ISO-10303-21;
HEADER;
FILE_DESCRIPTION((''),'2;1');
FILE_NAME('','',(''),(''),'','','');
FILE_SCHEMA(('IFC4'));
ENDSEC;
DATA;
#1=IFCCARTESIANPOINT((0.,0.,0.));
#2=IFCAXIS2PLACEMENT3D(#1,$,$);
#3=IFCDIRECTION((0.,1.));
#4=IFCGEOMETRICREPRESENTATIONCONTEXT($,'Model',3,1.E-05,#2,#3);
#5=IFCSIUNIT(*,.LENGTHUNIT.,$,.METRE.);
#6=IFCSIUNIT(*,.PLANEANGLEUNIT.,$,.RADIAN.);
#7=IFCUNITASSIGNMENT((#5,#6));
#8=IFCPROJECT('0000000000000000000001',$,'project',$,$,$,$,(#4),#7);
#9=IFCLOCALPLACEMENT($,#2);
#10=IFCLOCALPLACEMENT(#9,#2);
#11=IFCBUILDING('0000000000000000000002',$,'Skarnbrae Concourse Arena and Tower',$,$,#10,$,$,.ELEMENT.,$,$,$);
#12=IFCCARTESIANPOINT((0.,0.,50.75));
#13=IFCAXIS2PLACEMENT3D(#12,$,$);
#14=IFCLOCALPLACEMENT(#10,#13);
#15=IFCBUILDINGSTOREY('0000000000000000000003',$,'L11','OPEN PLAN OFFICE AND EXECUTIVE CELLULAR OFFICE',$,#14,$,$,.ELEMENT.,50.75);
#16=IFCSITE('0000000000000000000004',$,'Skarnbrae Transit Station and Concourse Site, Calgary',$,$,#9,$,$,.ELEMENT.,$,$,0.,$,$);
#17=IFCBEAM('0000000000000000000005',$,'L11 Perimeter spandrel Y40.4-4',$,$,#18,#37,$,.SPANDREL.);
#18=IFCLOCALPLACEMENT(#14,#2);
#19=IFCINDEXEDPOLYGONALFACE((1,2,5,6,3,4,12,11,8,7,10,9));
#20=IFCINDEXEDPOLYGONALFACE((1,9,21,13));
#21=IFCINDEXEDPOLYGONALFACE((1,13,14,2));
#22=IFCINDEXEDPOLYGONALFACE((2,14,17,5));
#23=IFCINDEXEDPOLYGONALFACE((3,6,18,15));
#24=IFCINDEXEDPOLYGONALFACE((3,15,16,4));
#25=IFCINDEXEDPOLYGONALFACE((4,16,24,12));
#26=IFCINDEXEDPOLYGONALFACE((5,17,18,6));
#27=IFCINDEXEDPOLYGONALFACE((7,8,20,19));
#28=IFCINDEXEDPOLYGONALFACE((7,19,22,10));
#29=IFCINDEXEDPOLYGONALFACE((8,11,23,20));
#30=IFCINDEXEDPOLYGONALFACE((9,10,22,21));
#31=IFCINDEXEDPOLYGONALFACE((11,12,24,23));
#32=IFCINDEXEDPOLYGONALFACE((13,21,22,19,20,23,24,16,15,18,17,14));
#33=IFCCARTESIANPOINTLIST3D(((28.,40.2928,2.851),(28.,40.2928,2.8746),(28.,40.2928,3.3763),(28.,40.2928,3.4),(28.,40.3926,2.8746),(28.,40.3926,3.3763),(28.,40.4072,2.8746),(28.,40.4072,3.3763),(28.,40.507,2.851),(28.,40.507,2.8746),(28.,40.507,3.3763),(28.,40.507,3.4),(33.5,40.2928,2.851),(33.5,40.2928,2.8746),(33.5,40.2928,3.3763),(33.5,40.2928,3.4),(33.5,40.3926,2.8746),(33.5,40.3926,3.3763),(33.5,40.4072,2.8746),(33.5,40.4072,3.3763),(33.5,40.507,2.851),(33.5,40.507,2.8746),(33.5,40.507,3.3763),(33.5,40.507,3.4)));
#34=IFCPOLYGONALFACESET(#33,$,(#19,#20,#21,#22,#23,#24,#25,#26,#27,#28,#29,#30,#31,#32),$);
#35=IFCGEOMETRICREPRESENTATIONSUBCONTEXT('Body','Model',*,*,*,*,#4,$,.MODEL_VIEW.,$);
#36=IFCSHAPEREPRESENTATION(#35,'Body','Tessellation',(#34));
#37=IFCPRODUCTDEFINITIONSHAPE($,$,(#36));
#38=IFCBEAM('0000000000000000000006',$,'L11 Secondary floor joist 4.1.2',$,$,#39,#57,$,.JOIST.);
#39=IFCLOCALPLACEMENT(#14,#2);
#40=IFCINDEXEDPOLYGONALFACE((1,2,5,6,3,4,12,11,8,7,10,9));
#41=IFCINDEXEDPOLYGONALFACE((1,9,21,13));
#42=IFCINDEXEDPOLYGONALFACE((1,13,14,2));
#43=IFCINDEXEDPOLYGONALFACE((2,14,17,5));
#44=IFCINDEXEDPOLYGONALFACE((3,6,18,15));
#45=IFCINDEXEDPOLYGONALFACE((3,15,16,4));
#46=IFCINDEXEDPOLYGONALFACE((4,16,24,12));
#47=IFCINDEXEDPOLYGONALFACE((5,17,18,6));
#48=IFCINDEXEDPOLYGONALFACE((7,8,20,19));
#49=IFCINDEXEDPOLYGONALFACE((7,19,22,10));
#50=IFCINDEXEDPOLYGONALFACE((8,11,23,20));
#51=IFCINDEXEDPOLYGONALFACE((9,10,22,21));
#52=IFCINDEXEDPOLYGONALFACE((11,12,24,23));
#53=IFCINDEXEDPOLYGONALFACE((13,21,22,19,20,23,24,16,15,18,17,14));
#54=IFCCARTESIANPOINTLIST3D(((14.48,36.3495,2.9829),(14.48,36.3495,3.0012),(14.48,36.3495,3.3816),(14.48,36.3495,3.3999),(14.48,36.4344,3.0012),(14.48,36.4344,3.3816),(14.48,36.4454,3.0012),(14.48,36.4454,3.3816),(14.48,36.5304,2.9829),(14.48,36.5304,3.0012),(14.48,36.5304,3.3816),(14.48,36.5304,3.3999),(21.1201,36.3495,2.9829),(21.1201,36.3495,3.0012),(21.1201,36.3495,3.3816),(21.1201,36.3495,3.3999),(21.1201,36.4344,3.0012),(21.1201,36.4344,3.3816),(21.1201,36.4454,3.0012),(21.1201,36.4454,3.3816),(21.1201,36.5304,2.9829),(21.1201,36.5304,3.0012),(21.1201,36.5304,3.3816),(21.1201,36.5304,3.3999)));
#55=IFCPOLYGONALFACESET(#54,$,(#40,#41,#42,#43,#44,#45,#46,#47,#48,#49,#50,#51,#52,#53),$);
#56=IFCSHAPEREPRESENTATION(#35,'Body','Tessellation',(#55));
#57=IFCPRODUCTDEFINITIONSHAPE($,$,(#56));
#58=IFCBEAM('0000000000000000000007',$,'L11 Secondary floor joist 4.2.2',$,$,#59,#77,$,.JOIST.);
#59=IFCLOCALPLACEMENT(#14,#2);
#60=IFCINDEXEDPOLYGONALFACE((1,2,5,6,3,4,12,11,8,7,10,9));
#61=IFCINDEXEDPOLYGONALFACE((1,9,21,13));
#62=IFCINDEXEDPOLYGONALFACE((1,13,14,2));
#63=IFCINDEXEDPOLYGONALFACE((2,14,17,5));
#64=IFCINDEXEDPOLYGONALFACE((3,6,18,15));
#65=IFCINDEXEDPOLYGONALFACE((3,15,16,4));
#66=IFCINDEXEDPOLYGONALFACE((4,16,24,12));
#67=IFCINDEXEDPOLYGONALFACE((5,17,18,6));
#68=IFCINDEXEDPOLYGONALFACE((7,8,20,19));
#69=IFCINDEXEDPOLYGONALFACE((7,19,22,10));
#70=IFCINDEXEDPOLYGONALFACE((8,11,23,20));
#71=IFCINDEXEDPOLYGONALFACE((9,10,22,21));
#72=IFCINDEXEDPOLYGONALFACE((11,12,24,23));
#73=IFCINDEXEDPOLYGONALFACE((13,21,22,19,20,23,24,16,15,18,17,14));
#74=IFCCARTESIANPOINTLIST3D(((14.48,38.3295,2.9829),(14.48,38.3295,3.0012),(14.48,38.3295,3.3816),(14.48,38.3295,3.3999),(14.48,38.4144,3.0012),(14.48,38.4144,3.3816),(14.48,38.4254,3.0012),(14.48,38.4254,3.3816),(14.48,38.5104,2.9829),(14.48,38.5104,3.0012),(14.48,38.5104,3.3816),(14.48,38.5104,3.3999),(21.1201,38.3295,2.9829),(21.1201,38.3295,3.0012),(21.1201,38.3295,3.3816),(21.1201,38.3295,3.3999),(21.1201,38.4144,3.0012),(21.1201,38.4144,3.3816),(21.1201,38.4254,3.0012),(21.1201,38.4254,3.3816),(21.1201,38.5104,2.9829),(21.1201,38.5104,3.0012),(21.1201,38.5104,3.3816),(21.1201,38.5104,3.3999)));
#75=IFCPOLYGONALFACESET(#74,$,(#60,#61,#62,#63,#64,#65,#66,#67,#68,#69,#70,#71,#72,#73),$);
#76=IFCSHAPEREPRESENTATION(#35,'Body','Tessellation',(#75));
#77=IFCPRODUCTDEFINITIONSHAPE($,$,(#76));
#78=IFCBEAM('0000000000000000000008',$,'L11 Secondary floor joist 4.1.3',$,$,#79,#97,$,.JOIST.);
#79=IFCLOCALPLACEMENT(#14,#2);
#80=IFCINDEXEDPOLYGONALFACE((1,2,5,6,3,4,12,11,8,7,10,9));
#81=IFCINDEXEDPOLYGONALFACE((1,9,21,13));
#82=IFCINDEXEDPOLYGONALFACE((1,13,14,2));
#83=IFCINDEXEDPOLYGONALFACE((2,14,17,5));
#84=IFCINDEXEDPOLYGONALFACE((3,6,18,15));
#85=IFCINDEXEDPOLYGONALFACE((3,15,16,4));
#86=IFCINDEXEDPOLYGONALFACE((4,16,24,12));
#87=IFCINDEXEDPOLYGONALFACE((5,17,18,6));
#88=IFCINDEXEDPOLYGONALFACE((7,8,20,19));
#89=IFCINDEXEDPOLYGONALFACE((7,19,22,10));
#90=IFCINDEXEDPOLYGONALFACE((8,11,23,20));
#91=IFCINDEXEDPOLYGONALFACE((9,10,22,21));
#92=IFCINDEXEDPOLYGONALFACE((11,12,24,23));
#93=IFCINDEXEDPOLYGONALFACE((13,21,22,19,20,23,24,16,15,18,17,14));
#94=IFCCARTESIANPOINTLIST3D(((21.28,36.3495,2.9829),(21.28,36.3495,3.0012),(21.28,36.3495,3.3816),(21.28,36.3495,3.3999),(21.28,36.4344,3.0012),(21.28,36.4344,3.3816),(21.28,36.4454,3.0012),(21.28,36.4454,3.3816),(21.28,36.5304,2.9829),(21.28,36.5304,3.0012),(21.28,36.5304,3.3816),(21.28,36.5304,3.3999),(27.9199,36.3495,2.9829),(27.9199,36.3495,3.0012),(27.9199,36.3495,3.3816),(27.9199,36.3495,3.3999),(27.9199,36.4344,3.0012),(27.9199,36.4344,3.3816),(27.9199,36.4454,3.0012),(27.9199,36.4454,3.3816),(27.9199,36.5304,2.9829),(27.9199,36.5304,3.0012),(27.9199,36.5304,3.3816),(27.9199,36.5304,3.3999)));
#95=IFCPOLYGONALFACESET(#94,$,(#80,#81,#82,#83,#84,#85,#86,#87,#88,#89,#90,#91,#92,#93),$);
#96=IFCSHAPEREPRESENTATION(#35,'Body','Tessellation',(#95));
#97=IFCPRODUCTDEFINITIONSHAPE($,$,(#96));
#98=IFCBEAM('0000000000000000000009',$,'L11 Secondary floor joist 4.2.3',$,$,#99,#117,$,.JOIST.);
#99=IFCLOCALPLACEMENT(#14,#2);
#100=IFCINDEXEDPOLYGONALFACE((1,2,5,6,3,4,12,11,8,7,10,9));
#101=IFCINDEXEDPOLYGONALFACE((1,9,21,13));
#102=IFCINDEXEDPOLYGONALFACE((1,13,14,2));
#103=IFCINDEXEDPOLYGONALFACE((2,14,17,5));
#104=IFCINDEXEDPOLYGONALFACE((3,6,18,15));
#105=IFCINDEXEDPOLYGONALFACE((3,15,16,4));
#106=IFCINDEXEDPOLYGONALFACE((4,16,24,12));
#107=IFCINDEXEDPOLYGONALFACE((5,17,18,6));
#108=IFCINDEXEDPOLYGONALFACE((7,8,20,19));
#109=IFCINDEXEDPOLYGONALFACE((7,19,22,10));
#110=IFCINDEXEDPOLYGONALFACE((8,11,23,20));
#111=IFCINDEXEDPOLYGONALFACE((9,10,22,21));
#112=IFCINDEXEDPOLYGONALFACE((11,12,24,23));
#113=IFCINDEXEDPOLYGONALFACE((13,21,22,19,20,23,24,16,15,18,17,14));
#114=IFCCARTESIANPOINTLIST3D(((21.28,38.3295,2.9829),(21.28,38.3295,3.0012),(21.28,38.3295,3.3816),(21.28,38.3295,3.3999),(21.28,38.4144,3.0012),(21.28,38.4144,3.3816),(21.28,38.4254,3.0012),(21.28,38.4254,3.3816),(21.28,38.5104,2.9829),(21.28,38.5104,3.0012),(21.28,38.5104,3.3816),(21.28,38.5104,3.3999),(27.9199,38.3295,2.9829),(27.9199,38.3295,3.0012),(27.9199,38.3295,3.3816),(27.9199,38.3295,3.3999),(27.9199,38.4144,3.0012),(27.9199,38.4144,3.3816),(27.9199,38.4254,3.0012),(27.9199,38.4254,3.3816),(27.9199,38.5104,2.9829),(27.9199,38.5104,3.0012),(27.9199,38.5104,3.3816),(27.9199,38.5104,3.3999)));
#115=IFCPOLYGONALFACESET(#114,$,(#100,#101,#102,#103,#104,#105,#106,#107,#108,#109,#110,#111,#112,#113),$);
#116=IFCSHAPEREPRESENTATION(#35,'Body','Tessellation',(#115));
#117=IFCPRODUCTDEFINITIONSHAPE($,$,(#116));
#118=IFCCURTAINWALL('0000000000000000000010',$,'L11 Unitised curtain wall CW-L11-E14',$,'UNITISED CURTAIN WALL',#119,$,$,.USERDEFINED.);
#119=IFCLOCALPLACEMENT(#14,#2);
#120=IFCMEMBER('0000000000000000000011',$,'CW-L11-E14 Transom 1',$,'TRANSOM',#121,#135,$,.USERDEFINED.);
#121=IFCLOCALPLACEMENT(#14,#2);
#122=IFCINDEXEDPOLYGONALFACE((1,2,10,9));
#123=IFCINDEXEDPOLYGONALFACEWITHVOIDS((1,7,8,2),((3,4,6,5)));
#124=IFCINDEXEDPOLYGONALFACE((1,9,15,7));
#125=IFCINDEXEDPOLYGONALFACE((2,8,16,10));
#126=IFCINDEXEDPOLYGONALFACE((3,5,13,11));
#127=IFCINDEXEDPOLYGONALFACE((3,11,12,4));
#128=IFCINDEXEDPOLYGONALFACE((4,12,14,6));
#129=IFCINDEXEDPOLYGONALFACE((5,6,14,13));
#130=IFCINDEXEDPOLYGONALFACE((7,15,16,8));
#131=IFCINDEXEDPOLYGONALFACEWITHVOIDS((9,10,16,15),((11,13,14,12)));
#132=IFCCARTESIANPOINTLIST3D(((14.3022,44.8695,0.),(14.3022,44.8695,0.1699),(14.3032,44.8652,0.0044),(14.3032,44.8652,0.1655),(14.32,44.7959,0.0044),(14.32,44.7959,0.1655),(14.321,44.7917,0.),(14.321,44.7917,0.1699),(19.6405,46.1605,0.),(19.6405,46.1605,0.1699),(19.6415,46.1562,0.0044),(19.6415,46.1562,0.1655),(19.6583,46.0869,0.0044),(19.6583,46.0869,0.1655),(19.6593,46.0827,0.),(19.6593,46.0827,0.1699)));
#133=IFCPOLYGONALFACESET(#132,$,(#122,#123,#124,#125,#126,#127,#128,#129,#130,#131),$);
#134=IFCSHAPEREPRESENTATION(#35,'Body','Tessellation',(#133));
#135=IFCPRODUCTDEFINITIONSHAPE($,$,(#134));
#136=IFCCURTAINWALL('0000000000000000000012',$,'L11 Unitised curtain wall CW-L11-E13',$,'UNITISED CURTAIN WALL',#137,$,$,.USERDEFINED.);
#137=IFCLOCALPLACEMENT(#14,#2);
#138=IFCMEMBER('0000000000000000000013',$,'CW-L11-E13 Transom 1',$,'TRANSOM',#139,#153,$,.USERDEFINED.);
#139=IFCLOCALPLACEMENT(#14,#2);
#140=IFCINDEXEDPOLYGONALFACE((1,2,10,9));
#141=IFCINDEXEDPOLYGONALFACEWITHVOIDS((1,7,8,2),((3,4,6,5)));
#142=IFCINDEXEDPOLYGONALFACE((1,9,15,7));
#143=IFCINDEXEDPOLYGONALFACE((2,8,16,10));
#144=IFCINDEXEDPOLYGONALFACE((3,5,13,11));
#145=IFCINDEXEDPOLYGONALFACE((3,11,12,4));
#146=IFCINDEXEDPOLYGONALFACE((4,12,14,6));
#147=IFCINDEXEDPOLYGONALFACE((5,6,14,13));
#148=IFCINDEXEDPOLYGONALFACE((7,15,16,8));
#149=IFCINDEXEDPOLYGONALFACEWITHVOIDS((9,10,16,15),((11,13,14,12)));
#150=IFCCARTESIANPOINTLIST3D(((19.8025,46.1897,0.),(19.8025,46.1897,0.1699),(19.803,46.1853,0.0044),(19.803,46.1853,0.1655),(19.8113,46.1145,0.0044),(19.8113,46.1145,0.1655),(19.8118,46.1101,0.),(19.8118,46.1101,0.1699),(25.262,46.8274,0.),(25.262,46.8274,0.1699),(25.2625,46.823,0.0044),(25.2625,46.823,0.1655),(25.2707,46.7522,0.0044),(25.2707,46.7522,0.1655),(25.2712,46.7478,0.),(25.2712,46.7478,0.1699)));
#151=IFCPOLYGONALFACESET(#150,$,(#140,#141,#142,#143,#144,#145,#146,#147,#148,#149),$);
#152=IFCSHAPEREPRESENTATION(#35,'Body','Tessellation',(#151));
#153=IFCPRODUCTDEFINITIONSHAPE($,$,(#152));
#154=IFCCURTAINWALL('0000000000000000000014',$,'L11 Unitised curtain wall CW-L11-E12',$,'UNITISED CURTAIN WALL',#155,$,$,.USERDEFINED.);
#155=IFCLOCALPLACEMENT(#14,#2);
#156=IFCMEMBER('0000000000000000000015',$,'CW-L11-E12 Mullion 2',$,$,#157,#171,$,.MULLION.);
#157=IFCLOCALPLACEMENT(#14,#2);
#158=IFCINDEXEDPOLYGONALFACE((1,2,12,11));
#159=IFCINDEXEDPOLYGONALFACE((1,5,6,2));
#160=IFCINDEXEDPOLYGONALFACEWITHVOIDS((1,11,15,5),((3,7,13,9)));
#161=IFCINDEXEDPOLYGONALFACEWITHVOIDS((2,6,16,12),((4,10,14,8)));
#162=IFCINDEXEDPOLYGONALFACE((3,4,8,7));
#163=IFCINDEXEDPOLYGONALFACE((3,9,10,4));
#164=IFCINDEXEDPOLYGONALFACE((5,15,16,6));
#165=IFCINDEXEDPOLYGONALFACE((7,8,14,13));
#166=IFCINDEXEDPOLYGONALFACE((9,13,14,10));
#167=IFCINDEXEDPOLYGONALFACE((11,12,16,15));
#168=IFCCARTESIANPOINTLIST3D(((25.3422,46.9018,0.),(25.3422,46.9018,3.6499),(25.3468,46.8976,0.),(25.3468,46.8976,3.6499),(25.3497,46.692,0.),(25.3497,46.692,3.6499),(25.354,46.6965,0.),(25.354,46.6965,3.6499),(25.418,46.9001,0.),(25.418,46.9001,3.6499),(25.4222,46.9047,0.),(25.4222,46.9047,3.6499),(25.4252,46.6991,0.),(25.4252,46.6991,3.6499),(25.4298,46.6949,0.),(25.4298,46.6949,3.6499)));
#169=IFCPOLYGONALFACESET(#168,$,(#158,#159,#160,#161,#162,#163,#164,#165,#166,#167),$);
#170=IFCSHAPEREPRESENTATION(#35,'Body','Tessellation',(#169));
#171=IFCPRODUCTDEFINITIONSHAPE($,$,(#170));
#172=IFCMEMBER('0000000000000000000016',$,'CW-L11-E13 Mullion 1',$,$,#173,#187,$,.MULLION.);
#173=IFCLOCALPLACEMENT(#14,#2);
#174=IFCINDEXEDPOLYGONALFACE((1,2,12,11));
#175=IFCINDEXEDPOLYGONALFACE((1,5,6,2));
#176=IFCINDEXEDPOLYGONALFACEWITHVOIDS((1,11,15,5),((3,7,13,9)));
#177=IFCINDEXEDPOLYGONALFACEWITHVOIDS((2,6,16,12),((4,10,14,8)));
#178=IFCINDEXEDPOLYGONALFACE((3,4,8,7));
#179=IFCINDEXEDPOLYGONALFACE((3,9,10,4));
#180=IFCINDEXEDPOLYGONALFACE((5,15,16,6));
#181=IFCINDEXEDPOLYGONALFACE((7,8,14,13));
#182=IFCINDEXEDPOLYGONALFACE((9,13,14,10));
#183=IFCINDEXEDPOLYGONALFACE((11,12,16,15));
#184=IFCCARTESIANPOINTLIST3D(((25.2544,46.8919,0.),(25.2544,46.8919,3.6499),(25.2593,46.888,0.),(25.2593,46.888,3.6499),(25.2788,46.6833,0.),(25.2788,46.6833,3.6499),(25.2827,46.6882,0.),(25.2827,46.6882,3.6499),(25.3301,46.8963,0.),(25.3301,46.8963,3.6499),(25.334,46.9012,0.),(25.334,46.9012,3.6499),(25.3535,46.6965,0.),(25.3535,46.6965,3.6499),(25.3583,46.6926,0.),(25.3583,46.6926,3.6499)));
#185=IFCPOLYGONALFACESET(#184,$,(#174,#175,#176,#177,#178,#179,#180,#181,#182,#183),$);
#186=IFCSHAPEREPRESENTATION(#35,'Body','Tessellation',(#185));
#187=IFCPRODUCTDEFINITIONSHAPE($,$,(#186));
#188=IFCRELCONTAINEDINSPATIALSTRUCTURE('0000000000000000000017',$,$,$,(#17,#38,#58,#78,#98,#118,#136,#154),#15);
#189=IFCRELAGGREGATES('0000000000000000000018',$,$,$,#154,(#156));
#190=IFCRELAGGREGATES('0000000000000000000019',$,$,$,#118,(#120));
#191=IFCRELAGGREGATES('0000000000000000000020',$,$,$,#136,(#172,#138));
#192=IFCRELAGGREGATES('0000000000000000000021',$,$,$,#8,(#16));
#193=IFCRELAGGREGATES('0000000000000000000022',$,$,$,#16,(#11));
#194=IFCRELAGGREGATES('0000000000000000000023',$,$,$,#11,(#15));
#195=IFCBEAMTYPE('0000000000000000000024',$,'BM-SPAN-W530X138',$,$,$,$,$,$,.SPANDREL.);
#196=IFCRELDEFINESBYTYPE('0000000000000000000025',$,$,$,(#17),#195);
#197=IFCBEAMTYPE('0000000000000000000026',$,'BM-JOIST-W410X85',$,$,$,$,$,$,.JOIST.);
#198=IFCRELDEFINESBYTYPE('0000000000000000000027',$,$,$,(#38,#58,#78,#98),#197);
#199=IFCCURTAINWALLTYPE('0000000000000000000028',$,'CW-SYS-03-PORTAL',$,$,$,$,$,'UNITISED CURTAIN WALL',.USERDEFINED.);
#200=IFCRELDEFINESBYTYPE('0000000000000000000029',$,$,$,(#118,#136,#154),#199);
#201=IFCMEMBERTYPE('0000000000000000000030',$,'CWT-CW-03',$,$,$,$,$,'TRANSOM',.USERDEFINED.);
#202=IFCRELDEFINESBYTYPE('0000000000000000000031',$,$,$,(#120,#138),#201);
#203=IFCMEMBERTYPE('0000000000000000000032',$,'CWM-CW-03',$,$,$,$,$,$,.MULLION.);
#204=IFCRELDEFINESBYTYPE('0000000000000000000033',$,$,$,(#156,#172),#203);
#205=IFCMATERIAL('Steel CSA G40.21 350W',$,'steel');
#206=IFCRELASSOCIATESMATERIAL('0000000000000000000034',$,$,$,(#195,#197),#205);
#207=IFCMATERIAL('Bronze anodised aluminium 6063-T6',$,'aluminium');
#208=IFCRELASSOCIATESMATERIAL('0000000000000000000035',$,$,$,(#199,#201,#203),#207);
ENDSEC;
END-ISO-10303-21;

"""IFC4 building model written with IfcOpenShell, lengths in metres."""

from ifc_helpers import new_model, si_unit, direction, frame, origin, origin_2d, place, context, subcontext, project, spatial, hollow_rectangle, i_section, extrude, source, transform, mapped, material, material_profile, profile_set, type_object, element, aggregate, save


model = new_model("IFC4")

# Units and contexts
model_context = context("Model", 3, precision=1e-05, world=origin(), true_north=direction((0.0, 1.0)))
body_context = subcontext(model_context, "Body", "Model", "MODEL_VIEW")
ifc_project = project(units=[si_unit("LENGTHUNIT", "METRE"), si_unit("PLANEANGLEUNIT", "RADIAN")], contexts=[model_context])

# Site, building, storey
site_placement = place(None, origin())
site = spatial("IfcSite", under=ifc_project, at=site_placement, Name="Skarnbrae Transit Station and Concourse Site, Calgary", CompositionType="ELEMENT", RefElevation=0.0)
building_placement = place(site_placement, origin())
building = spatial("IfcBuilding", under=site, at=building_placement, Name="Skarnbrae Concourse Arena and Tower", CompositionType="ELEMENT")
storey_placement = place(building_placement, frame((0.0, 0.0, 50.75)))
storey = spatial("IfcBuildingStorey", under=building, at=storey_placement, Name="L11", Description="OPEN PLAN OFFICE AND EXECUTIVE CELLULAR OFFICE", CompositionType="ELEMENT", Elevation=50.75)

# Shared definitions
ifc_material_1 = material(Name="Steel CSA G40.21 350W", Category="steel")

# Beams
ifc_material_profile_1 = material_profile(ifc_material_1, i_section(OverallWidth=0.2141, OverallDepth=0.5491, WebThickness=0.0146, FlangeThickness=0.0237, at=origin_2d()), Name="W530X138")
ifc_profile_set_1 = profile_set([ifc_material_profile_1], Name="Steel CSA G40.21 350W")
beam_type_1 = type_object("IfcBeamType", Name="BM-SPAN-W530X138", PredefinedType="SPANDREL", material=ifc_profile_set_1)
shared_shape_1 = source(origin(), body_context, "Body", "SweptSolid", [
    extrude(i_section(OverallWidth=0.2141, OverallDepth=0.5491, WebThickness=0.0146, FlangeThickness=0.0237, at=origin_2d()), origin(), (0.0, 0.0, 1.0), 5.5),
])
beam_1_placement = place(storey_placement, frame((28.0, 40.3999, 3.1255), z_axis=(1.0, 0.0, 0.0), x_axis=(0.0, 1.0, 0.0)))
element("IfcBeam", 1, at=beam_1_placement, inside=storey, type_object=beam_type_1, Name="L11 Perimeter spandrel Y40.4-4", PredefinedType="SPANDREL", context=body_context, shape_type="MappedRepresentation", body=[
    mapped(shared_shape_1, transform((0.0, 0.0, 0.0))),
])
ifc_material_profile_2 = material_profile(ifc_material_1, i_section(OverallWidth=0.1809, OverallDepth=0.417, WebThickness=0.011, FlangeThickness=0.0183, at=origin_2d()), Name="W410X85")
ifc_profile_set_2 = profile_set([ifc_material_profile_2], Name="Steel CSA G40.21 350W")
beam_type_2 = type_object("IfcBeamType", Name="BM-JOIST-W410X85", PredefinedType="JOIST", material=ifc_profile_set_2)
shared_shape_2 = source(origin(), body_context, "Body", "SweptSolid", [
    extrude(i_section(OverallWidth=0.1809, OverallDepth=0.417, WebThickness=0.011, FlangeThickness=0.0183, at=origin_2d()), origin(), (0.0, 0.0, 1.0), 6.6401),
])
for number, where, z_axis, x_axis, name in (
    (2, (14.48, 36.4399, 3.1914), (1.0, 0.0, 0.0), (0.0, 1.0, 0.0), "L11 Secondary floor joist 4.1.2"),
    (3, (14.48, 38.4199, 3.1914), (1.0, 0.0, 0.0), (0.0, 1.0, 0.0), "L11 Secondary floor joist 4.2.2"),
):
    element("IfcBeam", number, at=place(storey_placement, frame(where, z_axis=z_axis, x_axis=x_axis)), inside=storey, type_object=beam_type_2, Name=name, PredefinedType="JOIST", context=body_context, shape_type="MappedRepresentation", body=[
        mapped(shared_shape_2, transform((0.0, 0.0, 0.0))),
    ])
shared_shape_3 = source(origin(), body_context, "Body", "SweptSolid", [
    extrude(i_section(OverallWidth=0.1809, OverallDepth=0.417, WebThickness=0.011, FlangeThickness=0.0183, at=origin_2d()), origin(), (0.0, 0.0, 1.0), 6.6399),
])
for number, where, z_axis, x_axis, name in (
    (4, (21.28, 36.4399, 3.1914), (1.0, 0.0, 0.0), (0.0, 1.0, 0.0), "L11 Secondary floor joist 4.1.3"),
    (5, (21.28, 38.4199, 3.1914), (1.0, 0.0, 0.0), (0.0, 1.0, 0.0), "L11 Secondary floor joist 4.2.3"),
):
    element("IfcBeam", number, at=place(storey_placement, frame(where, z_axis=z_axis, x_axis=x_axis)), inside=storey, type_object=beam_type_2, Name=name, PredefinedType="JOIST", context=body_context, shape_type="MappedRepresentation", body=[
        mapped(shared_shape_3, transform((0.0, 0.0, 0.0))),
    ])

# Curtain walls, members
ifc_material_2 = material(Name="Bronze anodised aluminium 6063-T6", Category="aluminium")
curtain_wall_type = type_object("IfcCurtainWallType", Name="CW-SYS-03-PORTAL", ElementType="UNITISED CURTAIN WALL", PredefinedType="USERDEFINED", material=ifc_material_2)
curtain_wall_1_placement = place(storey_placement, origin())
curtain_wall_1 = element("IfcCurtainWall", 6, at=curtain_wall_1_placement, inside=storey, type_object=curtain_wall_type, Name="L11 Unitised curtain wall CW-L11-E14", ObjectType="UNITISED CURTAIN WALL", PredefinedType="USERDEFINED")
ifc_material_profile_3 = material_profile(ifc_material_2, hollow_rectangle(XDim=0.0801, YDim=0.1699, WallThickness=0.0044, at=origin_2d()), Name="ALU-TRAN-80X170")
ifc_profile_set_3 = profile_set([ifc_material_profile_3], Name="Bronze anodised aluminium 6063-T6")
member_type_1 = type_object("IfcMemberType", Name="CWT-CW-03", ElementType="TRANSOM", PredefinedType="USERDEFINED", material=ifc_profile_set_3)
shared_shape_4 = source(origin(), body_context, "Body", "SweptSolid", [
    extrude(hollow_rectangle(XDim=0.0801, YDim=0.1699, WallThickness=0.0044, at=origin_2d()), origin(), (0.0, 0.0, 1.0), 5.4922),
])
member_1_placement = place(storey_placement, frame((19.6499, 46.1216, 0.085), z_axis=(-0.971981, -0.235061, 0.0), x_axis=(0.235061, -0.971981, 0.0)))
member_1 = element("IfcMember", 7, at=member_1_placement, type_object=member_type_1, Name="CW-L11-E14 Transom 1", ObjectType="TRANSOM", PredefinedType="USERDEFINED", context=body_context, shape_type="MappedRepresentation", body=[
    mapped(shared_shape_4, transform((0.0, 0.0, 0.0))),
])
curtain_wall_2_placement = place(storey_placement, origin())
curtain_wall_2 = element("IfcCurtainWall", 8, at=curtain_wall_2_placement, inside=storey, type_object=curtain_wall_type, Name="L11 Unitised curtain wall CW-L11-E13", ObjectType="UNITISED CURTAIN WALL", PredefinedType="USERDEFINED")
shared_shape_5 = source(origin(), body_context, "Body", "SweptSolid", [
    extrude(hollow_rectangle(XDim=0.0801, YDim=0.1699, WallThickness=0.0044, at=origin_2d()), origin(), (0.0, 0.0, 1.0), 5.4966),
])
member_2_placement = place(storey_placement, frame((25.2666, 46.7876, 0.085), z_axis=(-0.993247, -0.116017, 0.0), x_axis=(0.116017, -0.993247, 0.0)))
member_2 = element("IfcMember", 9, at=member_2_placement, type_object=member_type_1, Name="CW-L11-E13 Transom 1", ObjectType="TRANSOM", PredefinedType="USERDEFINED", context=body_context, shape_type="MappedRepresentation", body=[
    mapped(shared_shape_5, transform((0.0, 0.0, 0.0))),
])
curtain_wall_3_placement = place(storey_placement, origin())
curtain_wall_3 = element("IfcCurtainWall", 10, at=curtain_wall_3_placement, inside=storey, type_object=curtain_wall_type, Name="L11 Unitised curtain wall CW-L11-E12", ObjectType="UNITISED CURTAIN WALL", PredefinedType="USERDEFINED")
ifc_material_profile_4 = material_profile(ifc_material_2, hollow_rectangle(XDim=0.0801, YDim=0.21, WallThickness=0.0044, at=origin_2d()), Name="ALU-MULL-80X210")
ifc_profile_set_4 = profile_set([ifc_material_profile_4], Name="Bronze anodised aluminium 6063-T6")
member_type_2 = type_object("IfcMemberType", Name="CWM-CW-03", PredefinedType="MULLION", material=ifc_profile_set_4)
shared_shape_6 = source(origin(), body_context, "Body", "SweptSolid", [
    extrude(hollow_rectangle(XDim=0.0801, YDim=0.21, WallThickness=0.0044, at=origin_2d()), origin(), (0.0, 0.0, 1.0), 3.6499),
])
member_3_placement = place(storey_placement, frame((25.386, 46.7983, 0.0), z_axis=(0.0, 0.0, 1.0), x_axis=(-0.999355, -0.035899, 0.0)))
member_3 = element("IfcMember", 11, at=member_3_placement, type_object=member_type_2, Name="CW-L11-E12 Mullion 2", PredefinedType="MULLION", context=body_context, shape_type="MappedRepresentation", body=[
    mapped(shared_shape_6, transform((0.0, 0.0, 0.0))),
])
aggregate(curtain_wall_3, [member_3])

# Member
member_4_placement = place(storey_placement, frame((25.3064, 46.7922, 0.0), z_axis=(0.0, 0.0, 1.0), x_axis=(-0.993245, -0.11604, 0.0)))
member_4 = element("IfcMember", 12, at=member_4_placement, type_object=member_type_2, Name="CW-L11-E13 Mullion 1", PredefinedType="MULLION", context=body_context, shape_type="MappedRepresentation", body=[
    mapped(shared_shape_6, transform((0.0, 0.0, 0.0))),
])

aggregate(curtain_wall_1, [member_1])
aggregate(curtain_wall_2, [member_4, member_2])

save(model, "model.ifc")
